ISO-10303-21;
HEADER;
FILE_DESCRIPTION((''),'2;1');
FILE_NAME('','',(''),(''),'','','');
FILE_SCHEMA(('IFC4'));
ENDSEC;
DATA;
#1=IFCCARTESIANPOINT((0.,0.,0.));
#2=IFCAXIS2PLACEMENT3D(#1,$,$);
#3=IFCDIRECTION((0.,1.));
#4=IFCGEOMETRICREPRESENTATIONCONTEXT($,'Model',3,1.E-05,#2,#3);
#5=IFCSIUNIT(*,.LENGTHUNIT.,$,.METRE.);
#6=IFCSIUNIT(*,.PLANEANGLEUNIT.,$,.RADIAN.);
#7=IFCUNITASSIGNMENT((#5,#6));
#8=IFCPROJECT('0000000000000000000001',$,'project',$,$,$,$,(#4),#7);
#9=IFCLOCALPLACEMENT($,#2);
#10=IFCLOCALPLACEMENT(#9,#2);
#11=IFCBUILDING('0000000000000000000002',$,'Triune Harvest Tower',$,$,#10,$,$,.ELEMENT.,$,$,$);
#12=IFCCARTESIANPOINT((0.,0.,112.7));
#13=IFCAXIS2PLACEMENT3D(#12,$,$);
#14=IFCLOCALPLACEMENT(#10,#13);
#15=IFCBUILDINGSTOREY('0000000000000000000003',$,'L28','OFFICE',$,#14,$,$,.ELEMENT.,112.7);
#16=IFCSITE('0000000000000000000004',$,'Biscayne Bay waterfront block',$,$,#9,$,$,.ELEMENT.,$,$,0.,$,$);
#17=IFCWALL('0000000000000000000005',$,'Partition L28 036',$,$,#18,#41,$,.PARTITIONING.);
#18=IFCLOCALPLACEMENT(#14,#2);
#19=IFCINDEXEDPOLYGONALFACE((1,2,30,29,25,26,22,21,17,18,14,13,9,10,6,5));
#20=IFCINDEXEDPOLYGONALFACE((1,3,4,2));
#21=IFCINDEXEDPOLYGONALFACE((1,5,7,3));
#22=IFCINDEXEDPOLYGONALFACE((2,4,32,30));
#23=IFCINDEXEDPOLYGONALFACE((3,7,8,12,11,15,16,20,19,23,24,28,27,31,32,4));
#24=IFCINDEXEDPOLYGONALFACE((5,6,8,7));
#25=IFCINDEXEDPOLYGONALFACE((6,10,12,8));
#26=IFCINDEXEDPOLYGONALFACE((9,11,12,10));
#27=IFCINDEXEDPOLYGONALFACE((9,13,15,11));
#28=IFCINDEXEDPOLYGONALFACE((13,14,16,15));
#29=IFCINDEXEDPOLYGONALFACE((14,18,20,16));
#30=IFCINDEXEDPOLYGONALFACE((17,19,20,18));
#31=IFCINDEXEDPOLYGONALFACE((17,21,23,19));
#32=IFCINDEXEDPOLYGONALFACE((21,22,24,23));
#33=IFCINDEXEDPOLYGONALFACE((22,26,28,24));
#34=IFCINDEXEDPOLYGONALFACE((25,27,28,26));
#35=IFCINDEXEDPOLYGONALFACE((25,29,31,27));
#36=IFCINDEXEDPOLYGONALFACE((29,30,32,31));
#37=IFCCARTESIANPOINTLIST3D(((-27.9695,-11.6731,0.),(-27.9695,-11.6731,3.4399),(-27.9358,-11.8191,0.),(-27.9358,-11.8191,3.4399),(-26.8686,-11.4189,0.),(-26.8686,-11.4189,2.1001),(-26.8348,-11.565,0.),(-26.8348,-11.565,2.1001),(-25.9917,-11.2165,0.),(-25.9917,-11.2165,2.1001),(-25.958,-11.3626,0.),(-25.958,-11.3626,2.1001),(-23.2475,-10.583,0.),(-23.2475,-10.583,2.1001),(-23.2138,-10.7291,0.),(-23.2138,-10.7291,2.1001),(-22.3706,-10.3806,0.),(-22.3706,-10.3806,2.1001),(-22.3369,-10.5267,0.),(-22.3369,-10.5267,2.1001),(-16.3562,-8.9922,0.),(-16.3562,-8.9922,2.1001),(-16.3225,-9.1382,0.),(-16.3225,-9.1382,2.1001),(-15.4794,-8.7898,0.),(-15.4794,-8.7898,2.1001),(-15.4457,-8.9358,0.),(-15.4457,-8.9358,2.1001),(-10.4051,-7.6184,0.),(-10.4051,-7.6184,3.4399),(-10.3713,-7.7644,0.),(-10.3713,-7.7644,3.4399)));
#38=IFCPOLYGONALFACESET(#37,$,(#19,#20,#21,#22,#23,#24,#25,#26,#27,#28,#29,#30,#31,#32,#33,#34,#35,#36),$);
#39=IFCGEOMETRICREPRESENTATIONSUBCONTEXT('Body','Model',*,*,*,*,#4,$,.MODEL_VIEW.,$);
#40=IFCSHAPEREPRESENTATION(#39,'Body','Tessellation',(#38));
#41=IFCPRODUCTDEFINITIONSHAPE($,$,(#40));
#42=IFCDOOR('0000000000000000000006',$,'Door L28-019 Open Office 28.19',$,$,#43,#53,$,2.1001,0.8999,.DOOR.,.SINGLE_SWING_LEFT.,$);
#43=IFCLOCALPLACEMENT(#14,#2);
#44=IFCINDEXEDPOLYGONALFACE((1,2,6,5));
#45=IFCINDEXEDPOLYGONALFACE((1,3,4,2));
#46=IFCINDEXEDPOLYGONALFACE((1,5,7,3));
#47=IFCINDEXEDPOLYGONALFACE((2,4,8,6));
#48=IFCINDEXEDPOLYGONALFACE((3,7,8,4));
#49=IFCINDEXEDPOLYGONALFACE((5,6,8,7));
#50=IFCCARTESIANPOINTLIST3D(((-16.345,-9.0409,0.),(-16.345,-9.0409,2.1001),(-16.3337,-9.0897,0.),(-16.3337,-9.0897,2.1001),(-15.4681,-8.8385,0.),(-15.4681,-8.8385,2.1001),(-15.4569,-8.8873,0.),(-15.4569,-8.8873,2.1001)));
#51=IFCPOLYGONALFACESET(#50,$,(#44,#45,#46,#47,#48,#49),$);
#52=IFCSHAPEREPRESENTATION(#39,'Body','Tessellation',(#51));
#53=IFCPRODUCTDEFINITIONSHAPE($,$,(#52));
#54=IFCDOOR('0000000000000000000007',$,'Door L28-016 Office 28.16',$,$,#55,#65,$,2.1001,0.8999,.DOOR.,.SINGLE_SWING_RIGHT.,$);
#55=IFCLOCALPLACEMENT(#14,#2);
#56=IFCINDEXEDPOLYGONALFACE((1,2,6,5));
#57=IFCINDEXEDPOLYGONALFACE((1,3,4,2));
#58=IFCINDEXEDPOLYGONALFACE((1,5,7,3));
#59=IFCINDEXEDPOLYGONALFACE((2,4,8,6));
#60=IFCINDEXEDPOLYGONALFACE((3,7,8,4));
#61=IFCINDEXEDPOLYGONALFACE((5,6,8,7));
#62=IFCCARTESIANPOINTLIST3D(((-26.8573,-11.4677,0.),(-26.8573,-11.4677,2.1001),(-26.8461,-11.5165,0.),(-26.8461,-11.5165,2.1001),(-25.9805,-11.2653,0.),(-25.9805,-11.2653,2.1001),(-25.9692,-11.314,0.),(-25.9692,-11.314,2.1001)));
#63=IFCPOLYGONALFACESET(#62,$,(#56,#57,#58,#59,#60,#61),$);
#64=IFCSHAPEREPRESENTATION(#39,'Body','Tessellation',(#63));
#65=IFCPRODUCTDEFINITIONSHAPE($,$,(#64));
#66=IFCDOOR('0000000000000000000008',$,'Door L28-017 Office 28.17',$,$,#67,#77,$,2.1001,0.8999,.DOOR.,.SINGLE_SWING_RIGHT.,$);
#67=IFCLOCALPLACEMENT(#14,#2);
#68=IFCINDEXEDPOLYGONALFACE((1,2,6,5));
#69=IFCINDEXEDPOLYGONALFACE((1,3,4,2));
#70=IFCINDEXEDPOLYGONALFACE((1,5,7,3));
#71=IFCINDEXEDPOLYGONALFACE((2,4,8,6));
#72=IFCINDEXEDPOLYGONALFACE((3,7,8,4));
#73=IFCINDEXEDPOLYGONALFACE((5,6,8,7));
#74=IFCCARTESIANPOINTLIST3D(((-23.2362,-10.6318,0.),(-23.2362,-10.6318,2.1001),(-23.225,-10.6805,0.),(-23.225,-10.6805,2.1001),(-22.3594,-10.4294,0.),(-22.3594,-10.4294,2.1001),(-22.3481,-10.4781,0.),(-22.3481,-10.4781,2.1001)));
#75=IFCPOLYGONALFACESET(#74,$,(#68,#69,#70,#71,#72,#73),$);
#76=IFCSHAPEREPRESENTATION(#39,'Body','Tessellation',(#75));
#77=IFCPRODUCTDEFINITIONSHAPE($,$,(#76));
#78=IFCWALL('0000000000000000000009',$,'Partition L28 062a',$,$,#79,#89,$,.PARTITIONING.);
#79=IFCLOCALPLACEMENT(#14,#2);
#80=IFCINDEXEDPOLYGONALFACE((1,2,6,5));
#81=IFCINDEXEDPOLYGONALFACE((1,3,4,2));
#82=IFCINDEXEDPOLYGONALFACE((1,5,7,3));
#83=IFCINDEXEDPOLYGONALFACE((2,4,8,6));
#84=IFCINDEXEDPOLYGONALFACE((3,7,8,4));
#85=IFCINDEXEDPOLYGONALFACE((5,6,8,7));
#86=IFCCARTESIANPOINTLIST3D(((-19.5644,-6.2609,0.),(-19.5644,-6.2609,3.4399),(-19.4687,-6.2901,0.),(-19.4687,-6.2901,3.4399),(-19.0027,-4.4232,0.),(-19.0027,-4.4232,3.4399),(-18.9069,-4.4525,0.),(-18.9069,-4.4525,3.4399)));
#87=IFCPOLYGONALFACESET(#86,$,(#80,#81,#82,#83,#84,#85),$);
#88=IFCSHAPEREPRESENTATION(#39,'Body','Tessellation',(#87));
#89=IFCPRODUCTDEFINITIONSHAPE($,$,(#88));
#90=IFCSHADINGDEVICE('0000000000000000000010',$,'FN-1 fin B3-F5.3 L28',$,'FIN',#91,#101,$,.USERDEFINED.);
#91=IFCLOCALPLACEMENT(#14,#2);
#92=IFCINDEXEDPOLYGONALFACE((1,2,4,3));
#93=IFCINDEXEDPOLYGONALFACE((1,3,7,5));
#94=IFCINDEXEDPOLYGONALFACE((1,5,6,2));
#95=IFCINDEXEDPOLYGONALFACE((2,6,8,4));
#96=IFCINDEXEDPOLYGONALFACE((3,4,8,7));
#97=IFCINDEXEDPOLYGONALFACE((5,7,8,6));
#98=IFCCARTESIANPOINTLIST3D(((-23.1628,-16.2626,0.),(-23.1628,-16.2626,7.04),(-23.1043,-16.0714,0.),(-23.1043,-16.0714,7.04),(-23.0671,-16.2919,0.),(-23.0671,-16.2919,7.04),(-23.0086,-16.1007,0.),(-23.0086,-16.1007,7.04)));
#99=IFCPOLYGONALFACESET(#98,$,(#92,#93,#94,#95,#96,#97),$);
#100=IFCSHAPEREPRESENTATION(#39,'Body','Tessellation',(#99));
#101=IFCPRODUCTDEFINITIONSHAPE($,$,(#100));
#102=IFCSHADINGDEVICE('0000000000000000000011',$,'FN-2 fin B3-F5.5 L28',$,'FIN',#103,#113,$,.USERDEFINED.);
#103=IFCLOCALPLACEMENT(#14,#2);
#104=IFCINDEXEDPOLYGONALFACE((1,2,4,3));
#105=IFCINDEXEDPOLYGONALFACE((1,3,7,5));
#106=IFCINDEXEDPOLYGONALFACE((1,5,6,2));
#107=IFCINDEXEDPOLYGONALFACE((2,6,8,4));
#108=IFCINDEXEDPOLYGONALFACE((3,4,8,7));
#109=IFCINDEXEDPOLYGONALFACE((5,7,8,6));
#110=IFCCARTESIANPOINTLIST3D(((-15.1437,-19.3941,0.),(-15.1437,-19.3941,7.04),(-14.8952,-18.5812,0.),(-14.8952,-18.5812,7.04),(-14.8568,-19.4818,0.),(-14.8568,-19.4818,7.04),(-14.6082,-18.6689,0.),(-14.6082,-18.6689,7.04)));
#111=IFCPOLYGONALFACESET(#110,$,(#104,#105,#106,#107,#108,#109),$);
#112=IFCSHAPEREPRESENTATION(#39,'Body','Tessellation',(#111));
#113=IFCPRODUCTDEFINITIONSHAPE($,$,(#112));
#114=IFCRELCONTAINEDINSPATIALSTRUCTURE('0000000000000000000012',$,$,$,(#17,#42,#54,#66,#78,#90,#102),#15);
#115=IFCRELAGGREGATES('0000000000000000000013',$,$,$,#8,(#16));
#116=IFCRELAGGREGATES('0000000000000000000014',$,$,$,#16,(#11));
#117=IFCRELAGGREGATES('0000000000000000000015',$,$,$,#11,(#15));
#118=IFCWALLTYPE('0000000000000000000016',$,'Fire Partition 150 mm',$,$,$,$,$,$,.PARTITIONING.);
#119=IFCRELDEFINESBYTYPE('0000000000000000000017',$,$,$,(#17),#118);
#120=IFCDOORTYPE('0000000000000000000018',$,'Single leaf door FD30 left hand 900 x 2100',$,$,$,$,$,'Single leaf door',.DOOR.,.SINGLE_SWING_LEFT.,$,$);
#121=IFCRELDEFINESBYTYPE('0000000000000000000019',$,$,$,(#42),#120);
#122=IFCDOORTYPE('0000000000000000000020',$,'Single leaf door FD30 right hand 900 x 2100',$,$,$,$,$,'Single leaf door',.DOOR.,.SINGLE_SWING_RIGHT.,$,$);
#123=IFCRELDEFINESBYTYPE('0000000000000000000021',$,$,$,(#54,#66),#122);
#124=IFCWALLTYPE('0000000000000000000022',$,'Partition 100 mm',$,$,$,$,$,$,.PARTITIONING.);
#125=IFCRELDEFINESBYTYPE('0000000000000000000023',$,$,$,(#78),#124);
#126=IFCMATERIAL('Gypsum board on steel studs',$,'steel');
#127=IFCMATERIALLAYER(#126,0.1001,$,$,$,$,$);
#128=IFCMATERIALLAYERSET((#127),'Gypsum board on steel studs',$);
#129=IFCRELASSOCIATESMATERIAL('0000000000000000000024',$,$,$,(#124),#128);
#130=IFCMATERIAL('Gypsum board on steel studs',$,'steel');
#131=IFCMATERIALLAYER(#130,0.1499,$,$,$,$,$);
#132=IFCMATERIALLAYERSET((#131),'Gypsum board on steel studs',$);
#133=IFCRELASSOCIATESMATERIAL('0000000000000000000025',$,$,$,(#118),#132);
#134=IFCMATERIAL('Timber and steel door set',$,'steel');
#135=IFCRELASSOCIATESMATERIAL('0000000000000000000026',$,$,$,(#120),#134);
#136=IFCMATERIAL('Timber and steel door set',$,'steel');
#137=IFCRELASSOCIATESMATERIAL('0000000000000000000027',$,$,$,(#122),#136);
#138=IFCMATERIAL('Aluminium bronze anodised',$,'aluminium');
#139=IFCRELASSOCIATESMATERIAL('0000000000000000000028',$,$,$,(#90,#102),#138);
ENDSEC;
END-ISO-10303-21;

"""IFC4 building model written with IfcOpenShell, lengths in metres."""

from ifc_helpers import new_model, si_unit, direction, frame, frame_2d, origin, origin_2d, place, context, subcontext, project, spatial, rectangle, extrude, source, transform, mapped, material, layer, layer_set, type_object, element, fill, save


model = new_model("IFC4")

# Units and contexts
model_context = context("Model", 3, precision=1e-05, world=origin(), true_north=direction((0.0, 1.0)))
body_context = subcontext(model_context, "Body", "Model", "MODEL_VIEW")
ifc_project = project(units=[si_unit("LENGTHUNIT", "METRE"), si_unit("PLANEANGLEUNIT", "RADIAN")], contexts=[model_context])

# Site, building, storey
site_placement = place(None, origin())
site = spatial("IfcSite", under=ifc_project, at=site_placement, Name="Biscayne Bay waterfront block", CompositionType="ELEMENT", RefElevation=0.0)
building_placement = place(site_placement, origin())
building = spatial("IfcBuilding", under=site, at=building_placement, Name="Triune Harvest Tower", CompositionType="ELEMENT")
storey_placement = place(building_placement, frame((0.0, 0.0, 112.7)))
storey = spatial("IfcBuildingStorey", under=building, at=storey_placement, Name="L28", Description="OFFICE", CompositionType="ELEMENT", Elevation=112.7)

# Shared definitions
ifc_material_1 = material(Name="Gypsum board on steel studs", Category="steel")
ifc_layer_1 = layer(ifc_material_1, 0.1001)
ifc_layer_set_1 = layer_set([ifc_layer_1], Name="Gypsum board on steel studs")
wall_type_1 = type_object("IfcWallType", Name="Partition 100 mm", PredefinedType="PARTITIONING", material=ifc_layer_set_1)

# Wall, openings, doors
ifc_material_2 = material(Name="Gypsum board on steel studs", Category="steel")
ifc_layer_2 = layer(ifc_material_2, 0.1499)
ifc_layer_set_2 = layer_set([ifc_layer_2], Name="Gypsum board on steel studs")
wall_type_2 = type_object("IfcWallType", Name="Fire Partition 150 mm", PredefinedType="PARTITIONING", material=ifc_layer_set_2)
shared_shape_1 = source(origin(), body_context, "Body", "SweptSolid", [
    extrude(rectangle(XDim=18.0264, YDim=0.1499, at=frame_2d((9.0132, 0.0))), origin(), (0.0, 0.0, 1.0), 3.4399),
])
wall_1_placement = place(storey_placement, frame((-27.9526, -11.7461, 0.0), z_axis=(0.0, 0.0, 1.0), x_axis=(0.974375, 0.224931, 0.0)))
wall_1 = element("IfcWall", 1, at=wall_1_placement, inside=storey, type_object=wall_type_2, Name="Partition L28 036", PredefinedType="PARTITIONING", context=body_context, shape_type="MappedRepresentation", body=[
    mapped(shared_shape_1, transform((0.0, 0.0, 0.0), scale=1.0)),
])
opening_1_placement = place(wall_1_placement, frame((1.1299, 0.0, 0.0)))
opening_1 = element("IfcOpeningElement", 2, at=opening_1_placement, cuts=wall_1, PredefinedType="OPENING", context=body_context, shape_type="SweptSolid", body=[
    extrude(rectangle(XDim=0.8999, YDim=2.1001, at=frame_2d((0.45, 1.05))), frame((0.0, 0.085, 0.0), z_axis=(0.0, -1.0, 0.0), x_axis=(1.0, 0.0, 0.0)), (0.0, 0.0, 1.0), 0.1699),
])
opening_2_placement = place(wall_1_placement, frame((4.8462, 0.0, 0.0)))
opening_2 = element("IfcOpeningElement", 3, at=opening_2_placement, cuts=wall_1, PredefinedType="OPENING", context=body_context, shape_type="SweptSolid", body=[
    extrude(rectangle(XDim=0.8999, YDim=2.1001, at=frame_2d((0.45, 1.05))), frame((0.0, 0.085, 0.0), z_axis=(0.0, -1.0, 0.0), x_axis=(1.0, 0.0, 0.0)), (0.0, 0.0, 1.0), 0.1699),
])
opening_3_placement = place(wall_1_placement, frame((11.9187, 0.0, 0.0)))
opening_3 = element("IfcOpeningElement", 4, at=opening_3_placement, cuts=wall_1, PredefinedType="OPENING", context=body_context, shape_type="SweptSolid", body=[
    extrude(rectangle(XDim=0.8999, YDim=2.1001, at=frame_2d((0.45, 1.05))), frame((0.0, 0.085, 0.0), z_axis=(0.0, -1.0, 0.0), x_axis=(1.0, 0.0, 0.0)), (0.0, 0.0, 1.0), 0.1699),
])
ifc_material_3 = material(Name="Timber and steel door set", Category="steel")
door_type_1 = type_object("IfcDoorType", Name="Single leaf door FD30 left hand 900 x 2100", ElementType="Single leaf door", OperationType="SINGLE_SWING_LEFT", PredefinedType="DOOR", material=ifc_material_3)
door_1_placement = place(opening_3_placement, origin())
door_1 = element("IfcDoor", 5, at=door_1_placement, inside=storey, type_object=door_type_1, Name="Door L28-019 Open Office 28.19", OperationType="SINGLE_SWING_LEFT", OverallHeight=2.1001, OverallWidth=0.8999, PredefinedType="DOOR", context=body_context, shape_type="SweptSolid", body=[
    extrude(rectangle(XDim=0.8999, YDim=2.1001, at=frame_2d((0.45, 1.05))), frame((0.0, 0.0249, 0.0), z_axis=(0.0, -1.0, 0.0), x_axis=(1.0, 0.0, 0.0)), (0.0, 0.0, 1.0), 0.05),
])
fill(opening_3, door_1)
ifc_material_4 = material(Name="Timber and steel door set", Category="steel")
door_type_2 = type_object("IfcDoorType", Name="Single leaf door FD30 right hand 900 x 2100", ElementType="Single leaf door", OperationType="SINGLE_SWING_RIGHT", PredefinedType="DOOR", material=ifc_material_4)
door_2_placement = place(opening_1_placement, origin())
door_2 = element("IfcDoor", 6, at=door_2_placement, inside=storey, type_object=door_type_2, Name="Door L28-016 Office 28.16", OperationType="SINGLE_SWING_RIGHT", OverallHeight=2.1001, OverallWidth=0.8999, PredefinedType="DOOR", context=body_context, shape_type="SweptSolid", body=[
    extrude(rectangle(XDim=0.8999, YDim=2.1001, at=frame_2d((0.45, 1.05))), frame((0.0, 0.0249, 0.0), z_axis=(0.0, -1.0, 0.0), x_axis=(1.0, 0.0, 0.0)), (0.0, 0.0, 1.0), 0.05),
])
fill(opening_1, door_2)
door_3_placement = place(opening_2_placement, origin())
door_3 = element("IfcDoor", 7, at=door_3_placement, inside=storey, type_object=door_type_2, Name="Door L28-017 Office 28.17", OperationType="SINGLE_SWING_RIGHT", OverallHeight=2.1001, OverallWidth=0.8999, PredefinedType="DOOR", context=body_context, shape_type="SweptSolid", body=[
    extrude(rectangle(XDim=0.8999, YDim=2.1001, at=frame_2d((0.45, 1.05))), frame((0.0, 0.0249, 0.0), z_axis=(0.0, -1.0, 0.0), x_axis=(1.0, 0.0, 0.0)), (0.0, 0.0, 1.0), 0.05),
])
fill(opening_2, door_3)

# Wall
shared_shape_2 = source(origin(), body_context, "Body", "SweptSolid", [
    extrude(rectangle(XDim=1.9216, YDim=0.1001, at=frame_2d((0.9609, 0.0))), origin(), (0.0, 0.0, 1.0), 3.4399),
])
wall_2_placement = place(storey_placement, frame((-19.5166, -6.2756, 0.0), z_axis=(0.0, 0.0, 1.0), x_axis=(0.292344, 0.956313, 0.0)))
element("IfcWall", 8, at=wall_2_placement, inside=storey, type_object=wall_type_1, Name="Partition L28 062a", PredefinedType="PARTITIONING", context=body_context, shape_type="MappedRepresentation", body=[
    mapped(shared_shape_2, transform((0.0, 0.0, 0.0), scale=1.0)),
])

# Shading devices
ifc_material_5 = material(Name="Aluminium bronze anodised", Category="aluminium")
shared_shape_3 = source(origin(), body_context, "Body", "SweptSolid", [
    extrude(rectangle(XDim=0.1001, YDim=0.2, at=origin_2d()), origin(), (0.0, 0.0, 1.0), 7.04),
])
shading_device_1_placement = place(storey_placement, frame((-23.0857, -16.1816, 0.0), z_axis=(0.0, 0.0, 1.0), x_axis=(0.956304, -0.292373, 0.0)))
element("IfcShadingDevice", 9, at=shading_device_1_placement, inside=storey, material=ifc_material_5, Name="FN-1 fin B3-F5.3 L28", ObjectType="FIN", PredefinedType="USERDEFINED", context=body_context, shape_type="MappedRepresentation", body=[
    mapped(shared_shape_3, transform((0.0, 0.0, 0.0), scale=1.0)),
])
shared_shape_4 = source(origin(), body_context, "Body", "SweptSolid", [
    extrude(rectangle(XDim=0.3, YDim=0.8501, at=origin_2d()), origin(), (0.0, 0.0, 1.0), 7.04),
])
shading_device_2_placement = place(storey_placement, frame((-14.876, -19.0315, 0.0), z_axis=(0.0, 0.0, 1.0), x_axis=(0.956304, -0.292373, 0.0)))
element("IfcShadingDevice", 10, at=shading_device_2_placement, inside=storey, material=ifc_material_5, Name="FN-2 fin B3-F5.5 L28", ObjectType="FIN", PredefinedType="USERDEFINED", context=body_context, shape_type="MappedRepresentation", body=[
    mapped(shared_shape_4, transform((0.0, 0.0, 0.0), scale=1.0)),
])

save(model, "model.ifc")
